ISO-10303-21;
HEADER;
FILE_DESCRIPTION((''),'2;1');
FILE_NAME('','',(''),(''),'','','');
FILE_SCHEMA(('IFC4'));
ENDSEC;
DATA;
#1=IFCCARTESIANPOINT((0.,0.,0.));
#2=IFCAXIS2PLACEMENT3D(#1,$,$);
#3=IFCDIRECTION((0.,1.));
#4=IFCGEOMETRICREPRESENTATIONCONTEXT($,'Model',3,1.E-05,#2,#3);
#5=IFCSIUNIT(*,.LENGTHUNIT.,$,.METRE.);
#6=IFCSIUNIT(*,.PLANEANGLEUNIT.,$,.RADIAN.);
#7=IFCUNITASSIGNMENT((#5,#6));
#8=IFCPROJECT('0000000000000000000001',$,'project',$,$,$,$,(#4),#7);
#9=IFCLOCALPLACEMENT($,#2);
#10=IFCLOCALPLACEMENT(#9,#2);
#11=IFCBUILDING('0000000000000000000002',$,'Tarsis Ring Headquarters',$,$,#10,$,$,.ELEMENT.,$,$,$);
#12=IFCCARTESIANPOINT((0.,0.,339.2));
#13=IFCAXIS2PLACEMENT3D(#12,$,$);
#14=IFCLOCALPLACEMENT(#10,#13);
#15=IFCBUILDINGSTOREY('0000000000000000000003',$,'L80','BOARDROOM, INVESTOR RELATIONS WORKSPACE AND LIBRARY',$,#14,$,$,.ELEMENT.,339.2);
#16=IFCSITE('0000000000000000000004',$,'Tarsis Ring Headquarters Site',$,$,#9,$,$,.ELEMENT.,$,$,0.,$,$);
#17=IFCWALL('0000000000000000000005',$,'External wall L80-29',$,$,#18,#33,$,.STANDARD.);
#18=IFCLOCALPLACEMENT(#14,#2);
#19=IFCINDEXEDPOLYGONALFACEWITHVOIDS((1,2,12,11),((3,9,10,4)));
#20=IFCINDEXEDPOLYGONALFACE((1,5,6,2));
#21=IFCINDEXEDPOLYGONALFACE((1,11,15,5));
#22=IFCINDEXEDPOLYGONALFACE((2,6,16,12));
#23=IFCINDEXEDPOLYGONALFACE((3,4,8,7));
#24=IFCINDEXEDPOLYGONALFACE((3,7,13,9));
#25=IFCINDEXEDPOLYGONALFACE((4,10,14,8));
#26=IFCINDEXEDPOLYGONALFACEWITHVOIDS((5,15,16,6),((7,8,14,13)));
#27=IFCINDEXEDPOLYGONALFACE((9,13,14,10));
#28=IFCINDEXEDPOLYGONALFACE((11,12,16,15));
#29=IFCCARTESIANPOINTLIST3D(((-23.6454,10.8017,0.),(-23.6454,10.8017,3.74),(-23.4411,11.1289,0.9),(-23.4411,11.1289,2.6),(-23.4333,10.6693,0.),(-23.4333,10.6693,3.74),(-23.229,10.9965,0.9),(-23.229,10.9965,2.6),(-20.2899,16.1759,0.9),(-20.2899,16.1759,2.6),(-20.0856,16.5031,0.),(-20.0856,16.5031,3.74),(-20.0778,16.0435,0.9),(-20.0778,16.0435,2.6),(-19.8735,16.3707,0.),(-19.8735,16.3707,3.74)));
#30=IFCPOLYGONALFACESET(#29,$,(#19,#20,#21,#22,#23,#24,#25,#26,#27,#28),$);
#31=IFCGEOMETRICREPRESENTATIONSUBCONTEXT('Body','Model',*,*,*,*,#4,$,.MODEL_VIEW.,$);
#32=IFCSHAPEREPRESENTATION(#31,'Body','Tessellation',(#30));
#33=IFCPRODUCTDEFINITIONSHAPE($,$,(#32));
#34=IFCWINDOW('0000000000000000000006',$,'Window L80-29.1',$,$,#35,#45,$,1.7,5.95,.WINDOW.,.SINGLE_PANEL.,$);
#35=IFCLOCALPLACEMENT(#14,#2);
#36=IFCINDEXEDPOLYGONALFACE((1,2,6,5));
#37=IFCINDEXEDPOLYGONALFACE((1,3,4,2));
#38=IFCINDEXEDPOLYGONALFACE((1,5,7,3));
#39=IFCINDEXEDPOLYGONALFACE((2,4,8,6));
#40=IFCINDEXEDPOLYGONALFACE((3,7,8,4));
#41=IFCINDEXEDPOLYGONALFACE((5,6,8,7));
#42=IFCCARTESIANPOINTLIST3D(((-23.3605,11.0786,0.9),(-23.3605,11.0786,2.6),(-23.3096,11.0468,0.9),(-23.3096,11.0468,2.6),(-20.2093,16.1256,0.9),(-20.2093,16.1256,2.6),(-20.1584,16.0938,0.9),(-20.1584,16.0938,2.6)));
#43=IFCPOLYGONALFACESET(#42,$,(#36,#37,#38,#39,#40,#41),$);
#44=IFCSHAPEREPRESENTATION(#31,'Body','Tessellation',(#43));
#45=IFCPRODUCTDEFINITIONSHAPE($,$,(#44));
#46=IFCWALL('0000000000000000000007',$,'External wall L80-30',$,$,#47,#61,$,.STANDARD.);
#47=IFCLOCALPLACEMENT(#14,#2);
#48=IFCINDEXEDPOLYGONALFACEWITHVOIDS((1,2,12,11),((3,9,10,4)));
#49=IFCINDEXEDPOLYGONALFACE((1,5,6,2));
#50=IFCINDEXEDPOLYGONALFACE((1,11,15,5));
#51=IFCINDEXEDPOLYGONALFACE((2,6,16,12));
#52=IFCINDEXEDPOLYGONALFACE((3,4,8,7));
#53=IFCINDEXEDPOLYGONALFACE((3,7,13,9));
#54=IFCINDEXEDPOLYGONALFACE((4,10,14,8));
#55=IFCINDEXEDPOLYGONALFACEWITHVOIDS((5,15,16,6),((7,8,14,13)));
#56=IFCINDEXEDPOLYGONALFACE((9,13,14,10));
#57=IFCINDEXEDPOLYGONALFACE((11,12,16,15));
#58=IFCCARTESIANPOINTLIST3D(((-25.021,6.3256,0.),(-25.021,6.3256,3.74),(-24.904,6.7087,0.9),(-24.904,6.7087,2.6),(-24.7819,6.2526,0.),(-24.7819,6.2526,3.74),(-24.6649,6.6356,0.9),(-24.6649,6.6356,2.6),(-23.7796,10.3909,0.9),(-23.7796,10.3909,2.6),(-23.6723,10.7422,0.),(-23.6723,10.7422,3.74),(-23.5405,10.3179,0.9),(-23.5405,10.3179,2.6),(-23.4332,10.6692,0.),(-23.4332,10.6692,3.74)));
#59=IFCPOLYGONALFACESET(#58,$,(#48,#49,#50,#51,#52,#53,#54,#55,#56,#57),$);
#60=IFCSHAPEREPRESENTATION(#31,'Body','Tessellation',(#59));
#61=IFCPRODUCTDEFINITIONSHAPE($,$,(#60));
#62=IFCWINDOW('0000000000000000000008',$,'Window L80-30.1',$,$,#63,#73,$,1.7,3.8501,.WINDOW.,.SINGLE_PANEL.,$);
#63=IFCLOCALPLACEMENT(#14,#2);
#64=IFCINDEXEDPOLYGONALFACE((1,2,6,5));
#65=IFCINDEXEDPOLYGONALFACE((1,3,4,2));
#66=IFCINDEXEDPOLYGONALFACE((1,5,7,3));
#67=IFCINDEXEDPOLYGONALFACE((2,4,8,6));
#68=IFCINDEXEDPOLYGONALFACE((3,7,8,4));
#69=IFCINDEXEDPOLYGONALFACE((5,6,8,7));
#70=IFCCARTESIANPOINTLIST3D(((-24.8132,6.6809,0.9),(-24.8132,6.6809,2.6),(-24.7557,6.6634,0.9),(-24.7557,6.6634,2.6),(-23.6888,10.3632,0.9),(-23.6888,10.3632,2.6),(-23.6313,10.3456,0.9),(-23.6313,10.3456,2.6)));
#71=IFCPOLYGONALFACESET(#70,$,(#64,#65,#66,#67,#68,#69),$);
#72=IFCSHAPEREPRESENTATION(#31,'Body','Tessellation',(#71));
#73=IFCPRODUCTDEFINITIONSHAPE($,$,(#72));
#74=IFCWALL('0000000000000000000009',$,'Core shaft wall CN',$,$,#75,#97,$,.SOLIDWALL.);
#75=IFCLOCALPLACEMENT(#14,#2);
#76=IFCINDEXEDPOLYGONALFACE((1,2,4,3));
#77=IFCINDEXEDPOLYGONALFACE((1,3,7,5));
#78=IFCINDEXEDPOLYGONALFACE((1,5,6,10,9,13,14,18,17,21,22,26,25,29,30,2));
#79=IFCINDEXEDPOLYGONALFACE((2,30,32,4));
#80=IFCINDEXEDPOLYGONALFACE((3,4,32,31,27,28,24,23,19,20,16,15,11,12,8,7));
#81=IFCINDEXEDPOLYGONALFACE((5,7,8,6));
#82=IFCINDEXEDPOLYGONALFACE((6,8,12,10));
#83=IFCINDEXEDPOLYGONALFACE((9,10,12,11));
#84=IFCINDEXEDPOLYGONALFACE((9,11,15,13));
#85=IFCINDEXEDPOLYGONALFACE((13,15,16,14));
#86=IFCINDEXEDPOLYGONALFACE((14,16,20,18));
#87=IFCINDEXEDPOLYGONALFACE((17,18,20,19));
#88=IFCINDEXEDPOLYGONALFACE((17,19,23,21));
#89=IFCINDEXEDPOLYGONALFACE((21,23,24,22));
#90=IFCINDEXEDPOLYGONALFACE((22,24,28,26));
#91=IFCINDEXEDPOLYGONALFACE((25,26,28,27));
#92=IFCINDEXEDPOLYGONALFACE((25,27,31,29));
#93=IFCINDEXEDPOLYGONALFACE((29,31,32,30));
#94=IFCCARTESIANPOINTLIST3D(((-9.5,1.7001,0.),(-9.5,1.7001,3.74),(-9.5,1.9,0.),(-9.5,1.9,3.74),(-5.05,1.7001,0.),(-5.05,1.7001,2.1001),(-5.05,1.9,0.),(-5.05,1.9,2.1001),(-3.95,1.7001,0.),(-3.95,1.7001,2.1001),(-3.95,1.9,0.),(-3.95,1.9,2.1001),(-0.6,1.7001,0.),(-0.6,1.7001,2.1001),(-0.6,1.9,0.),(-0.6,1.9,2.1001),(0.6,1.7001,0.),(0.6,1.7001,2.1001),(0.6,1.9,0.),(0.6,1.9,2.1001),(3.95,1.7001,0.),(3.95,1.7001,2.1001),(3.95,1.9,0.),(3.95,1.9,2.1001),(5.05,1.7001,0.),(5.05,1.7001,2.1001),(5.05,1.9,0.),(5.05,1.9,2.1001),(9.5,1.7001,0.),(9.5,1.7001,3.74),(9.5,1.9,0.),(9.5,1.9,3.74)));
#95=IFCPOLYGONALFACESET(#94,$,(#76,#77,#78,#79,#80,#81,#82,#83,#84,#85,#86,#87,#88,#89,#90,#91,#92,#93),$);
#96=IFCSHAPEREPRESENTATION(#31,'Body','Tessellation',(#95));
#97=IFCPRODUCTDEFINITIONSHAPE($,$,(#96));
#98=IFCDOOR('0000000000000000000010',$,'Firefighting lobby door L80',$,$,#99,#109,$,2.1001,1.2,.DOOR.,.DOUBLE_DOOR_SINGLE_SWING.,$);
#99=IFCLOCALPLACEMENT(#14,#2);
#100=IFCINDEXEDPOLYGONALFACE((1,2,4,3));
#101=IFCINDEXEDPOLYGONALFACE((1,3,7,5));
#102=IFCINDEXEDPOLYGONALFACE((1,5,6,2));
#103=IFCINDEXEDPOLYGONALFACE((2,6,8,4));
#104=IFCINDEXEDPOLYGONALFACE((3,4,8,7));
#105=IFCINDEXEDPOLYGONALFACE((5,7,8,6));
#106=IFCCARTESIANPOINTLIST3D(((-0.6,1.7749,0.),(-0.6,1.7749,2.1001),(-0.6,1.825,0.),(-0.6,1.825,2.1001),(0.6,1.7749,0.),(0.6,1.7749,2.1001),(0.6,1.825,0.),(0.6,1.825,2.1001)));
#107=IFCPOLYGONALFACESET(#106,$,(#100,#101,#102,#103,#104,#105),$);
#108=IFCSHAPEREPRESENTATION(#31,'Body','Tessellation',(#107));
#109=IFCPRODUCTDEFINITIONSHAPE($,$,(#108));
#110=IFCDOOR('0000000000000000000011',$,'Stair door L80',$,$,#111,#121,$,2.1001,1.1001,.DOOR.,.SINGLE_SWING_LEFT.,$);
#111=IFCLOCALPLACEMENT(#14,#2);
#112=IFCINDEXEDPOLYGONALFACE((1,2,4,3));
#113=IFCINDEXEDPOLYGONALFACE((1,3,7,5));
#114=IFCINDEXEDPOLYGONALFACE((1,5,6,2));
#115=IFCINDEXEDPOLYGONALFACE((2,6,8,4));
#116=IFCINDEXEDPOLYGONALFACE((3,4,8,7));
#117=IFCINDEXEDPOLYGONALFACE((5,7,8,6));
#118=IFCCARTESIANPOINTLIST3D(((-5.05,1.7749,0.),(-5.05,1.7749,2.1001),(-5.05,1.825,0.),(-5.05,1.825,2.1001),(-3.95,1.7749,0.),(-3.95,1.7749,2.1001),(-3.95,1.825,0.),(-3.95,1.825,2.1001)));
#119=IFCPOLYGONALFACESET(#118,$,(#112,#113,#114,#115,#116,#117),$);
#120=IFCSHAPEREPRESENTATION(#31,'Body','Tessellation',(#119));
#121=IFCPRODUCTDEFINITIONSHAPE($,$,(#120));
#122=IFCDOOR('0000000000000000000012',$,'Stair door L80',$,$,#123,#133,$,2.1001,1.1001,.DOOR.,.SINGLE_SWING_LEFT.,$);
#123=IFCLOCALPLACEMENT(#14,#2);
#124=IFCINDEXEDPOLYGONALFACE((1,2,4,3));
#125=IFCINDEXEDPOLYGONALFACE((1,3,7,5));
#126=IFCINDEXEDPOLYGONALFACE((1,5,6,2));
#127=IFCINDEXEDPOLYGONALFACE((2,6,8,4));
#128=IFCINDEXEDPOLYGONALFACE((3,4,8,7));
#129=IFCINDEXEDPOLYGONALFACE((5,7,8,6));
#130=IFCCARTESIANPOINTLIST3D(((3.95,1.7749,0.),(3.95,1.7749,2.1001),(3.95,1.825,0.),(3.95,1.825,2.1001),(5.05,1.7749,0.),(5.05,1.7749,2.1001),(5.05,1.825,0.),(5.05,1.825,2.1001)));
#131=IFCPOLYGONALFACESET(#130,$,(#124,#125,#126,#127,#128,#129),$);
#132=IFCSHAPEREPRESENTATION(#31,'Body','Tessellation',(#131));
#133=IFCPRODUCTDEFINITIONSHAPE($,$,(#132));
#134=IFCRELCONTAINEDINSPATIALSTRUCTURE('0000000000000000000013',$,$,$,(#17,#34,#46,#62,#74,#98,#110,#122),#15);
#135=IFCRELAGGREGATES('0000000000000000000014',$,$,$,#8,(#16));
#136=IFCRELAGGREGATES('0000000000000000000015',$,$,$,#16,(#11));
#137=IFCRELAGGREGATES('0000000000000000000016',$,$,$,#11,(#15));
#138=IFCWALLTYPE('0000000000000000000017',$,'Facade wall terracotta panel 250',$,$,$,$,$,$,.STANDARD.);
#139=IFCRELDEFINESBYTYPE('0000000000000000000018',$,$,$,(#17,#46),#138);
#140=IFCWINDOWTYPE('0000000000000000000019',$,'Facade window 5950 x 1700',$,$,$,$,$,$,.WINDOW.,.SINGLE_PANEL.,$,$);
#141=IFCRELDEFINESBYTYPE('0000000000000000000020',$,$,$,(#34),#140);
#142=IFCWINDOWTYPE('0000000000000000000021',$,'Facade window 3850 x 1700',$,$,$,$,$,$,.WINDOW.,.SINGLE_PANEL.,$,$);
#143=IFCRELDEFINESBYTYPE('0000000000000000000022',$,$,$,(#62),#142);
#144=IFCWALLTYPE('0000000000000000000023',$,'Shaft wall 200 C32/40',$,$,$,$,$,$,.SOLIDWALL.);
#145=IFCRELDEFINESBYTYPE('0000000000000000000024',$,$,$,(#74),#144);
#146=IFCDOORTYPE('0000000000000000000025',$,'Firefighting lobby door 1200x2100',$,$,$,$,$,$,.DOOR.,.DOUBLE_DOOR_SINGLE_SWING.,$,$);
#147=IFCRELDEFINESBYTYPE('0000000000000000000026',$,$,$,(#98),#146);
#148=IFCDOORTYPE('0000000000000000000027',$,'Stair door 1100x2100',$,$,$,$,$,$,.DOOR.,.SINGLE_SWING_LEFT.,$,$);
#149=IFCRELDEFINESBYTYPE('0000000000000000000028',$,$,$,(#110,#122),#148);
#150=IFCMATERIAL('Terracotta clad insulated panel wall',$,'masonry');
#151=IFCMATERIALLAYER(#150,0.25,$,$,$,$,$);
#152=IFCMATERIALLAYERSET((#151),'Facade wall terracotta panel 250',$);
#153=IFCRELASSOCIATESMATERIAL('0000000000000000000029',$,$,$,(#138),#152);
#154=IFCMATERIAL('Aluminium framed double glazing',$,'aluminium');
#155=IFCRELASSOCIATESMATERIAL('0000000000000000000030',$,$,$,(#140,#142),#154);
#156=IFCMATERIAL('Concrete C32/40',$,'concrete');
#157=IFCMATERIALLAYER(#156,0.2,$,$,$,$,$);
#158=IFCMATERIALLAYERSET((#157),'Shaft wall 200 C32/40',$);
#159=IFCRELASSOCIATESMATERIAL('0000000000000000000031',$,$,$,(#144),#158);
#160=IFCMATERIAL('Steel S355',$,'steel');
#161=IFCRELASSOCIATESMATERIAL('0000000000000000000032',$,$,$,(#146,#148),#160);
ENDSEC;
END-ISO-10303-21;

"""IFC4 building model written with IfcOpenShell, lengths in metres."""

from ifc_helpers import new_model, si_unit, direction, frame, frame_2d, origin, place, context, subcontext, project, spatial, rectangle, extrude, material, layer, layer_set, type_object, element, fill, save


model = new_model("IFC4")

# Units and contexts
model_context = context("Model", 3, precision=1e-05, world=origin(), true_north=direction((0.0, 1.0)))
body_context = subcontext(model_context, "Body", "Model", "MODEL_VIEW")
ifc_project = project(units=[si_unit("LENGTHUNIT", "METRE"), si_unit("PLANEANGLEUNIT", "RADIAN")], contexts=[model_context])

# Site, building, storey
site_placement = place(None, origin())
site = spatial("IfcSite", under=ifc_project, at=site_placement, Name="Tarsis Ring Headquarters Site", CompositionType="ELEMENT", RefElevation=0.0)
building_placement = place(site_placement, origin())
building = spatial("IfcBuilding", under=site, at=building_placement, Name="Tarsis Ring Headquarters", CompositionType="ELEMENT")
storey_placement = place(building_placement, frame((0.0, 0.0, 339.2)))
storey = spatial("IfcBuildingStorey", under=building, at=storey_placement, Name="L80", Description="BOARDROOM, INVESTOR RELATIONS WORKSPACE AND LIBRARY", CompositionType="ELEMENT", Elevation=339.2)

# Shared definitions
ifc_material_1 = material(Name="Steel S355", Category="steel")

# Walls, openings, windows
ifc_material_2 = material(Name="Terracotta clad insulated panel wall", Category="masonry")
ifc_layer_1 = layer(ifc_material_2, 0.25)
ifc_layer_set_1 = layer_set([ifc_layer_1], Name="Facade wall terracotta panel 250")
wall_type_1 = type_object("IfcWallType", Name="Facade wall terracotta panel 250", PredefinedType="STANDARD", material=ifc_layer_set_1)
wall_1_placement = place(storey_placement, frame((-19.9795, 16.437, 0.0), z_axis=(0.0, 0.0, 1.0), x_axis=(-0.529617, -0.848237, 0.0)))
wall_1 = element("IfcWall", 1, at=wall_1_placement, inside=storey, type_object=wall_type_1, Name="External wall L80-29", PredefinedType="STANDARD", context=body_context, shape_type="SweptSolid", body=[
    extrude(rectangle(XDim=6.7214, YDim=0.25, at=frame_2d((3.3608, 0.0))), origin(), (0.0, 0.0, 1.0), 3.74),
])
opening_1_placement = place(wall_1_placement, frame((0.3857, 0.0, 0.8999)))
opening_1 = element("IfcOpeningElement", 2, at=opening_1_placement, cuts=wall_1, PredefinedType="OPENING", context=body_context, shape_type="SweptSolid", body=[
    extrude(rectangle(XDim=5.95, YDim=1.7, at=frame_2d((2.9751, 0.8501))), frame((0.0, 0.135, 0.0), z_axis=(0.0, -1.0, 0.0), x_axis=(1.0, 0.0, 0.0)), (0.0, 0.0, 1.0), 0.27),
])
ifc_material_3 = material(Name="Aluminium framed double glazing", Category="aluminium")
window_type_1 = type_object("IfcWindowType", Name="Facade window 5950 x 1700", PartitioningType="SINGLE_PANEL", PredefinedType="WINDOW", material=ifc_material_3)
window_1_placement = place(opening_1_placement, origin())
window_1 = element("IfcWindow", 3, at=window_1_placement, inside=storey, type_object=window_type_1, Name="Window L80-29.1", OverallHeight=1.7, OverallWidth=5.95, PartitioningType="SINGLE_PANEL", PredefinedType="WINDOW", context=body_context, shape_type="SweptSolid", body=[
    extrude(rectangle(XDim=5.95, YDim=1.7, at=frame_2d((2.9751, 0.8501))), frame((0.0, 0.03, 0.0), z_axis=(0.0, -1.0, 0.0), x_axis=(1.0, 0.0, 0.0)), (0.0, 0.0, 1.0), 0.0601),
])
fill(opening_1, window_1)
wall_2_placement = place(storey_placement, frame((-23.5527, 10.7058, 0.0), z_axis=(0.0, 0.0, 1.0), x_axis=(-0.292049, -0.956403, 0.0)))
wall_2 = element("IfcWall", 4, at=wall_2_placement, inside=storey, type_object=wall_type_1, Name="External wall L80-30", PredefinedType="STANDARD", context=body_context, shape_type="SweptSolid", body=[
    extrude(rectangle(XDim=4.6179, YDim=0.25, at=frame_2d((2.3091, 0.0))), origin(), (0.0, 0.0, 1.0), 3.74),
])
opening_2_placement = place(wall_2_placement, frame((0.3674, 0.0, 0.8999)))
opening_2 = element("IfcOpeningElement", 5, at=opening_2_placement, cuts=wall_2, PredefinedType="OPENING", context=body_context, shape_type="SweptSolid", body=[
    extrude(rectangle(XDim=3.8501, YDim=1.7, at=frame_2d((1.925, 0.8501))), frame((0.0, 0.135, 0.0), z_axis=(0.0, -1.0, 0.0), x_axis=(1.0, 0.0, 0.0)), (0.0, 0.0, 1.0), 0.27),
])
window_type_2 = type_object("IfcWindowType", Name="Facade window 3850 x 1700", PartitioningType="SINGLE_PANEL", PredefinedType="WINDOW", material=ifc_material_3)
window_2_placement = place(opening_2_placement, origin())
window_2 = element("IfcWindow", 6, at=window_2_placement, inside=storey, type_object=window_type_2, Name="Window L80-30.1", OverallHeight=1.7, OverallWidth=3.8501, PartitioningType="SINGLE_PANEL", PredefinedType="WINDOW", context=body_context, shape_type="SweptSolid", body=[
    extrude(rectangle(XDim=3.8501, YDim=1.7, at=frame_2d((1.925, 0.8501))), frame((0.0, 0.03, 0.0), z_axis=(0.0, -1.0, 0.0), x_axis=(1.0, 0.0, 0.0)), (0.0, 0.0, 1.0), 0.0601),
])
fill(opening_2, window_2)

# Wall, openings, doors
ifc_material_4 = material(Name="Concrete C32/40", Category="concrete")
ifc_layer_2 = layer(ifc_material_4, 0.2)
ifc_layer_set_2 = layer_set([ifc_layer_2], Name="Shaft wall 200 C32/40")
wall_type_2 = type_object("IfcWallType", Name="Shaft wall 200 C32/40", PredefinedType="SOLIDWALL", material=ifc_layer_set_2)
wall_3_placement = place(storey_placement, frame((-9.5, 1.8, 0.0), z_axis=(0.0, 0.0, 1.0), x_axis=(1.0, 0.0, 0.0)))
wall_3 = element("IfcWall", 7, at=wall_3_placement, inside=storey, type_object=wall_type_2, Name="Core shaft wall CN", PredefinedType="SOLIDWALL", context=body_context, shape_type="SweptSolid", body=[
    extrude(rectangle(XDim=19.0, YDim=0.2, at=frame_2d((9.5, 0.0))), origin(), (0.0, 0.0, 1.0), 3.74),
])
opening_3_placement = place(wall_3_placement, frame((4.45, 0.0, 0.0)))
opening_3 = element("IfcOpeningElement", 8, at=opening_3_placement, cuts=wall_3, PredefinedType="OPENING", context=body_context, shape_type="SweptSolid", body=[
    extrude(rectangle(XDim=1.1001, YDim=2.1001, at=frame_2d((0.55, 1.05))), frame((0.0, 0.1099, 0.0), z_axis=(0.0, -1.0, 0.0), x_axis=(1.0, 0.0, 0.0)), (0.0, 0.0, 1.0), 0.22),
])
opening_4_placement = place(wall_3_placement, frame((8.8999, 0.0, 0.0)))
opening_4 = element("IfcOpeningElement", 9, at=opening_4_placement, cuts=wall_3, PredefinedType="OPENING", context=body_context, shape_type="SweptSolid", body=[
    extrude(rectangle(XDim=1.2, YDim=2.1001, at=frame_2d((0.6001, 1.05))), frame((0.0, 0.1099, 0.0), z_axis=(0.0, -1.0, 0.0), x_axis=(1.0, 0.0, 0.0)), (0.0, 0.0, 1.0), 0.22),
])
opening_5_placement = place(wall_3_placement, frame((13.45, 0.0, 0.0)))
opening_5 = element("IfcOpeningElement", 10, at=opening_5_placement, cuts=wall_3, PredefinedType="OPENING", context=body_context, shape_type="SweptSolid", body=[
    extrude(rectangle(XDim=1.1001, YDim=2.1001, at=frame_2d((0.55, 1.05))), frame((0.0, 0.1099, 0.0), z_axis=(0.0, -1.0, 0.0), x_axis=(1.0, 0.0, 0.0)), (0.0, 0.0, 1.0), 0.22),
])
door_type_1 = type_object("IfcDoorType", Name="Firefighting lobby door 1200x2100", OperationType="DOUBLE_DOOR_SINGLE_SWING", PredefinedType="DOOR", material=ifc_material_1)
door_1_placement = place(opening_4_placement, origin())
door_1 = element("IfcDoor", 11, at=door_1_placement, inside=storey, type_object=door_type_1, Name="Firefighting lobby door L80", OperationType="DOUBLE_DOOR_SINGLE_SWING", OverallHeight=2.1001, OverallWidth=1.2, PredefinedType="DOOR", context=body_context, shape_type="SweptSolid", body=[
    extrude(rectangle(XDim=1.2, YDim=2.1001, at=frame_2d((0.6001, 1.05))), frame((0.0, 0.0249, 0.0), z_axis=(0.0, -1.0, 0.0), x_axis=(1.0, 0.0, 0.0)), (0.0, 0.0, 1.0), 0.05),
])
fill(opening_4, door_1)
door_type_2 = type_object("IfcDoorType", Name="Stair door 1100x2100", OperationType="SINGLE_SWING_LEFT", PredefinedType="DOOR", material=ifc_material_1)
door_2_placement = place(opening_3_placement, origin())
door_2 = element("IfcDoor", 12, at=door_2_placement, inside=storey, type_object=door_type_2, Name="Stair door L80", OperationType="SINGLE_SWING_LEFT", OverallHeight=2.1001, OverallWidth=1.1001, PredefinedType="DOOR", context=body_context, shape_type="SweptSolid", body=[
    extrude(rectangle(XDim=1.1001, YDim=2.1001, at=frame_2d((0.55, 1.05))), frame((0.0, 0.0249, 0.0), z_axis=(0.0, -1.0, 0.0), x_axis=(1.0, 0.0, 0.0)), (0.0, 0.0, 1.0), 0.05),
])
fill(opening_3, door_2)
door_3_placement = place(opening_5_placement, origin())
door_3 = element("IfcDoor", 13, at=door_3_placement, inside=storey, type_object=door_type_2, Name="Stair door L80", OperationType="SINGLE_SWING_LEFT", OverallHeight=2.1001, OverallWidth=1.1001, PredefinedType="DOOR", context=body_context, shape_type="SweptSolid", body=[
    extrude(rectangle(XDim=1.1001, YDim=2.1001, at=frame_2d((0.55, 1.05))), frame((0.0, 0.0249, 0.0), z_axis=(0.0, -1.0, 0.0), x_axis=(1.0, 0.0, 0.0)), (0.0, 0.0, 1.0), 0.05),
])
fill(opening_5, door_3)

save(model, "model.ifc")
